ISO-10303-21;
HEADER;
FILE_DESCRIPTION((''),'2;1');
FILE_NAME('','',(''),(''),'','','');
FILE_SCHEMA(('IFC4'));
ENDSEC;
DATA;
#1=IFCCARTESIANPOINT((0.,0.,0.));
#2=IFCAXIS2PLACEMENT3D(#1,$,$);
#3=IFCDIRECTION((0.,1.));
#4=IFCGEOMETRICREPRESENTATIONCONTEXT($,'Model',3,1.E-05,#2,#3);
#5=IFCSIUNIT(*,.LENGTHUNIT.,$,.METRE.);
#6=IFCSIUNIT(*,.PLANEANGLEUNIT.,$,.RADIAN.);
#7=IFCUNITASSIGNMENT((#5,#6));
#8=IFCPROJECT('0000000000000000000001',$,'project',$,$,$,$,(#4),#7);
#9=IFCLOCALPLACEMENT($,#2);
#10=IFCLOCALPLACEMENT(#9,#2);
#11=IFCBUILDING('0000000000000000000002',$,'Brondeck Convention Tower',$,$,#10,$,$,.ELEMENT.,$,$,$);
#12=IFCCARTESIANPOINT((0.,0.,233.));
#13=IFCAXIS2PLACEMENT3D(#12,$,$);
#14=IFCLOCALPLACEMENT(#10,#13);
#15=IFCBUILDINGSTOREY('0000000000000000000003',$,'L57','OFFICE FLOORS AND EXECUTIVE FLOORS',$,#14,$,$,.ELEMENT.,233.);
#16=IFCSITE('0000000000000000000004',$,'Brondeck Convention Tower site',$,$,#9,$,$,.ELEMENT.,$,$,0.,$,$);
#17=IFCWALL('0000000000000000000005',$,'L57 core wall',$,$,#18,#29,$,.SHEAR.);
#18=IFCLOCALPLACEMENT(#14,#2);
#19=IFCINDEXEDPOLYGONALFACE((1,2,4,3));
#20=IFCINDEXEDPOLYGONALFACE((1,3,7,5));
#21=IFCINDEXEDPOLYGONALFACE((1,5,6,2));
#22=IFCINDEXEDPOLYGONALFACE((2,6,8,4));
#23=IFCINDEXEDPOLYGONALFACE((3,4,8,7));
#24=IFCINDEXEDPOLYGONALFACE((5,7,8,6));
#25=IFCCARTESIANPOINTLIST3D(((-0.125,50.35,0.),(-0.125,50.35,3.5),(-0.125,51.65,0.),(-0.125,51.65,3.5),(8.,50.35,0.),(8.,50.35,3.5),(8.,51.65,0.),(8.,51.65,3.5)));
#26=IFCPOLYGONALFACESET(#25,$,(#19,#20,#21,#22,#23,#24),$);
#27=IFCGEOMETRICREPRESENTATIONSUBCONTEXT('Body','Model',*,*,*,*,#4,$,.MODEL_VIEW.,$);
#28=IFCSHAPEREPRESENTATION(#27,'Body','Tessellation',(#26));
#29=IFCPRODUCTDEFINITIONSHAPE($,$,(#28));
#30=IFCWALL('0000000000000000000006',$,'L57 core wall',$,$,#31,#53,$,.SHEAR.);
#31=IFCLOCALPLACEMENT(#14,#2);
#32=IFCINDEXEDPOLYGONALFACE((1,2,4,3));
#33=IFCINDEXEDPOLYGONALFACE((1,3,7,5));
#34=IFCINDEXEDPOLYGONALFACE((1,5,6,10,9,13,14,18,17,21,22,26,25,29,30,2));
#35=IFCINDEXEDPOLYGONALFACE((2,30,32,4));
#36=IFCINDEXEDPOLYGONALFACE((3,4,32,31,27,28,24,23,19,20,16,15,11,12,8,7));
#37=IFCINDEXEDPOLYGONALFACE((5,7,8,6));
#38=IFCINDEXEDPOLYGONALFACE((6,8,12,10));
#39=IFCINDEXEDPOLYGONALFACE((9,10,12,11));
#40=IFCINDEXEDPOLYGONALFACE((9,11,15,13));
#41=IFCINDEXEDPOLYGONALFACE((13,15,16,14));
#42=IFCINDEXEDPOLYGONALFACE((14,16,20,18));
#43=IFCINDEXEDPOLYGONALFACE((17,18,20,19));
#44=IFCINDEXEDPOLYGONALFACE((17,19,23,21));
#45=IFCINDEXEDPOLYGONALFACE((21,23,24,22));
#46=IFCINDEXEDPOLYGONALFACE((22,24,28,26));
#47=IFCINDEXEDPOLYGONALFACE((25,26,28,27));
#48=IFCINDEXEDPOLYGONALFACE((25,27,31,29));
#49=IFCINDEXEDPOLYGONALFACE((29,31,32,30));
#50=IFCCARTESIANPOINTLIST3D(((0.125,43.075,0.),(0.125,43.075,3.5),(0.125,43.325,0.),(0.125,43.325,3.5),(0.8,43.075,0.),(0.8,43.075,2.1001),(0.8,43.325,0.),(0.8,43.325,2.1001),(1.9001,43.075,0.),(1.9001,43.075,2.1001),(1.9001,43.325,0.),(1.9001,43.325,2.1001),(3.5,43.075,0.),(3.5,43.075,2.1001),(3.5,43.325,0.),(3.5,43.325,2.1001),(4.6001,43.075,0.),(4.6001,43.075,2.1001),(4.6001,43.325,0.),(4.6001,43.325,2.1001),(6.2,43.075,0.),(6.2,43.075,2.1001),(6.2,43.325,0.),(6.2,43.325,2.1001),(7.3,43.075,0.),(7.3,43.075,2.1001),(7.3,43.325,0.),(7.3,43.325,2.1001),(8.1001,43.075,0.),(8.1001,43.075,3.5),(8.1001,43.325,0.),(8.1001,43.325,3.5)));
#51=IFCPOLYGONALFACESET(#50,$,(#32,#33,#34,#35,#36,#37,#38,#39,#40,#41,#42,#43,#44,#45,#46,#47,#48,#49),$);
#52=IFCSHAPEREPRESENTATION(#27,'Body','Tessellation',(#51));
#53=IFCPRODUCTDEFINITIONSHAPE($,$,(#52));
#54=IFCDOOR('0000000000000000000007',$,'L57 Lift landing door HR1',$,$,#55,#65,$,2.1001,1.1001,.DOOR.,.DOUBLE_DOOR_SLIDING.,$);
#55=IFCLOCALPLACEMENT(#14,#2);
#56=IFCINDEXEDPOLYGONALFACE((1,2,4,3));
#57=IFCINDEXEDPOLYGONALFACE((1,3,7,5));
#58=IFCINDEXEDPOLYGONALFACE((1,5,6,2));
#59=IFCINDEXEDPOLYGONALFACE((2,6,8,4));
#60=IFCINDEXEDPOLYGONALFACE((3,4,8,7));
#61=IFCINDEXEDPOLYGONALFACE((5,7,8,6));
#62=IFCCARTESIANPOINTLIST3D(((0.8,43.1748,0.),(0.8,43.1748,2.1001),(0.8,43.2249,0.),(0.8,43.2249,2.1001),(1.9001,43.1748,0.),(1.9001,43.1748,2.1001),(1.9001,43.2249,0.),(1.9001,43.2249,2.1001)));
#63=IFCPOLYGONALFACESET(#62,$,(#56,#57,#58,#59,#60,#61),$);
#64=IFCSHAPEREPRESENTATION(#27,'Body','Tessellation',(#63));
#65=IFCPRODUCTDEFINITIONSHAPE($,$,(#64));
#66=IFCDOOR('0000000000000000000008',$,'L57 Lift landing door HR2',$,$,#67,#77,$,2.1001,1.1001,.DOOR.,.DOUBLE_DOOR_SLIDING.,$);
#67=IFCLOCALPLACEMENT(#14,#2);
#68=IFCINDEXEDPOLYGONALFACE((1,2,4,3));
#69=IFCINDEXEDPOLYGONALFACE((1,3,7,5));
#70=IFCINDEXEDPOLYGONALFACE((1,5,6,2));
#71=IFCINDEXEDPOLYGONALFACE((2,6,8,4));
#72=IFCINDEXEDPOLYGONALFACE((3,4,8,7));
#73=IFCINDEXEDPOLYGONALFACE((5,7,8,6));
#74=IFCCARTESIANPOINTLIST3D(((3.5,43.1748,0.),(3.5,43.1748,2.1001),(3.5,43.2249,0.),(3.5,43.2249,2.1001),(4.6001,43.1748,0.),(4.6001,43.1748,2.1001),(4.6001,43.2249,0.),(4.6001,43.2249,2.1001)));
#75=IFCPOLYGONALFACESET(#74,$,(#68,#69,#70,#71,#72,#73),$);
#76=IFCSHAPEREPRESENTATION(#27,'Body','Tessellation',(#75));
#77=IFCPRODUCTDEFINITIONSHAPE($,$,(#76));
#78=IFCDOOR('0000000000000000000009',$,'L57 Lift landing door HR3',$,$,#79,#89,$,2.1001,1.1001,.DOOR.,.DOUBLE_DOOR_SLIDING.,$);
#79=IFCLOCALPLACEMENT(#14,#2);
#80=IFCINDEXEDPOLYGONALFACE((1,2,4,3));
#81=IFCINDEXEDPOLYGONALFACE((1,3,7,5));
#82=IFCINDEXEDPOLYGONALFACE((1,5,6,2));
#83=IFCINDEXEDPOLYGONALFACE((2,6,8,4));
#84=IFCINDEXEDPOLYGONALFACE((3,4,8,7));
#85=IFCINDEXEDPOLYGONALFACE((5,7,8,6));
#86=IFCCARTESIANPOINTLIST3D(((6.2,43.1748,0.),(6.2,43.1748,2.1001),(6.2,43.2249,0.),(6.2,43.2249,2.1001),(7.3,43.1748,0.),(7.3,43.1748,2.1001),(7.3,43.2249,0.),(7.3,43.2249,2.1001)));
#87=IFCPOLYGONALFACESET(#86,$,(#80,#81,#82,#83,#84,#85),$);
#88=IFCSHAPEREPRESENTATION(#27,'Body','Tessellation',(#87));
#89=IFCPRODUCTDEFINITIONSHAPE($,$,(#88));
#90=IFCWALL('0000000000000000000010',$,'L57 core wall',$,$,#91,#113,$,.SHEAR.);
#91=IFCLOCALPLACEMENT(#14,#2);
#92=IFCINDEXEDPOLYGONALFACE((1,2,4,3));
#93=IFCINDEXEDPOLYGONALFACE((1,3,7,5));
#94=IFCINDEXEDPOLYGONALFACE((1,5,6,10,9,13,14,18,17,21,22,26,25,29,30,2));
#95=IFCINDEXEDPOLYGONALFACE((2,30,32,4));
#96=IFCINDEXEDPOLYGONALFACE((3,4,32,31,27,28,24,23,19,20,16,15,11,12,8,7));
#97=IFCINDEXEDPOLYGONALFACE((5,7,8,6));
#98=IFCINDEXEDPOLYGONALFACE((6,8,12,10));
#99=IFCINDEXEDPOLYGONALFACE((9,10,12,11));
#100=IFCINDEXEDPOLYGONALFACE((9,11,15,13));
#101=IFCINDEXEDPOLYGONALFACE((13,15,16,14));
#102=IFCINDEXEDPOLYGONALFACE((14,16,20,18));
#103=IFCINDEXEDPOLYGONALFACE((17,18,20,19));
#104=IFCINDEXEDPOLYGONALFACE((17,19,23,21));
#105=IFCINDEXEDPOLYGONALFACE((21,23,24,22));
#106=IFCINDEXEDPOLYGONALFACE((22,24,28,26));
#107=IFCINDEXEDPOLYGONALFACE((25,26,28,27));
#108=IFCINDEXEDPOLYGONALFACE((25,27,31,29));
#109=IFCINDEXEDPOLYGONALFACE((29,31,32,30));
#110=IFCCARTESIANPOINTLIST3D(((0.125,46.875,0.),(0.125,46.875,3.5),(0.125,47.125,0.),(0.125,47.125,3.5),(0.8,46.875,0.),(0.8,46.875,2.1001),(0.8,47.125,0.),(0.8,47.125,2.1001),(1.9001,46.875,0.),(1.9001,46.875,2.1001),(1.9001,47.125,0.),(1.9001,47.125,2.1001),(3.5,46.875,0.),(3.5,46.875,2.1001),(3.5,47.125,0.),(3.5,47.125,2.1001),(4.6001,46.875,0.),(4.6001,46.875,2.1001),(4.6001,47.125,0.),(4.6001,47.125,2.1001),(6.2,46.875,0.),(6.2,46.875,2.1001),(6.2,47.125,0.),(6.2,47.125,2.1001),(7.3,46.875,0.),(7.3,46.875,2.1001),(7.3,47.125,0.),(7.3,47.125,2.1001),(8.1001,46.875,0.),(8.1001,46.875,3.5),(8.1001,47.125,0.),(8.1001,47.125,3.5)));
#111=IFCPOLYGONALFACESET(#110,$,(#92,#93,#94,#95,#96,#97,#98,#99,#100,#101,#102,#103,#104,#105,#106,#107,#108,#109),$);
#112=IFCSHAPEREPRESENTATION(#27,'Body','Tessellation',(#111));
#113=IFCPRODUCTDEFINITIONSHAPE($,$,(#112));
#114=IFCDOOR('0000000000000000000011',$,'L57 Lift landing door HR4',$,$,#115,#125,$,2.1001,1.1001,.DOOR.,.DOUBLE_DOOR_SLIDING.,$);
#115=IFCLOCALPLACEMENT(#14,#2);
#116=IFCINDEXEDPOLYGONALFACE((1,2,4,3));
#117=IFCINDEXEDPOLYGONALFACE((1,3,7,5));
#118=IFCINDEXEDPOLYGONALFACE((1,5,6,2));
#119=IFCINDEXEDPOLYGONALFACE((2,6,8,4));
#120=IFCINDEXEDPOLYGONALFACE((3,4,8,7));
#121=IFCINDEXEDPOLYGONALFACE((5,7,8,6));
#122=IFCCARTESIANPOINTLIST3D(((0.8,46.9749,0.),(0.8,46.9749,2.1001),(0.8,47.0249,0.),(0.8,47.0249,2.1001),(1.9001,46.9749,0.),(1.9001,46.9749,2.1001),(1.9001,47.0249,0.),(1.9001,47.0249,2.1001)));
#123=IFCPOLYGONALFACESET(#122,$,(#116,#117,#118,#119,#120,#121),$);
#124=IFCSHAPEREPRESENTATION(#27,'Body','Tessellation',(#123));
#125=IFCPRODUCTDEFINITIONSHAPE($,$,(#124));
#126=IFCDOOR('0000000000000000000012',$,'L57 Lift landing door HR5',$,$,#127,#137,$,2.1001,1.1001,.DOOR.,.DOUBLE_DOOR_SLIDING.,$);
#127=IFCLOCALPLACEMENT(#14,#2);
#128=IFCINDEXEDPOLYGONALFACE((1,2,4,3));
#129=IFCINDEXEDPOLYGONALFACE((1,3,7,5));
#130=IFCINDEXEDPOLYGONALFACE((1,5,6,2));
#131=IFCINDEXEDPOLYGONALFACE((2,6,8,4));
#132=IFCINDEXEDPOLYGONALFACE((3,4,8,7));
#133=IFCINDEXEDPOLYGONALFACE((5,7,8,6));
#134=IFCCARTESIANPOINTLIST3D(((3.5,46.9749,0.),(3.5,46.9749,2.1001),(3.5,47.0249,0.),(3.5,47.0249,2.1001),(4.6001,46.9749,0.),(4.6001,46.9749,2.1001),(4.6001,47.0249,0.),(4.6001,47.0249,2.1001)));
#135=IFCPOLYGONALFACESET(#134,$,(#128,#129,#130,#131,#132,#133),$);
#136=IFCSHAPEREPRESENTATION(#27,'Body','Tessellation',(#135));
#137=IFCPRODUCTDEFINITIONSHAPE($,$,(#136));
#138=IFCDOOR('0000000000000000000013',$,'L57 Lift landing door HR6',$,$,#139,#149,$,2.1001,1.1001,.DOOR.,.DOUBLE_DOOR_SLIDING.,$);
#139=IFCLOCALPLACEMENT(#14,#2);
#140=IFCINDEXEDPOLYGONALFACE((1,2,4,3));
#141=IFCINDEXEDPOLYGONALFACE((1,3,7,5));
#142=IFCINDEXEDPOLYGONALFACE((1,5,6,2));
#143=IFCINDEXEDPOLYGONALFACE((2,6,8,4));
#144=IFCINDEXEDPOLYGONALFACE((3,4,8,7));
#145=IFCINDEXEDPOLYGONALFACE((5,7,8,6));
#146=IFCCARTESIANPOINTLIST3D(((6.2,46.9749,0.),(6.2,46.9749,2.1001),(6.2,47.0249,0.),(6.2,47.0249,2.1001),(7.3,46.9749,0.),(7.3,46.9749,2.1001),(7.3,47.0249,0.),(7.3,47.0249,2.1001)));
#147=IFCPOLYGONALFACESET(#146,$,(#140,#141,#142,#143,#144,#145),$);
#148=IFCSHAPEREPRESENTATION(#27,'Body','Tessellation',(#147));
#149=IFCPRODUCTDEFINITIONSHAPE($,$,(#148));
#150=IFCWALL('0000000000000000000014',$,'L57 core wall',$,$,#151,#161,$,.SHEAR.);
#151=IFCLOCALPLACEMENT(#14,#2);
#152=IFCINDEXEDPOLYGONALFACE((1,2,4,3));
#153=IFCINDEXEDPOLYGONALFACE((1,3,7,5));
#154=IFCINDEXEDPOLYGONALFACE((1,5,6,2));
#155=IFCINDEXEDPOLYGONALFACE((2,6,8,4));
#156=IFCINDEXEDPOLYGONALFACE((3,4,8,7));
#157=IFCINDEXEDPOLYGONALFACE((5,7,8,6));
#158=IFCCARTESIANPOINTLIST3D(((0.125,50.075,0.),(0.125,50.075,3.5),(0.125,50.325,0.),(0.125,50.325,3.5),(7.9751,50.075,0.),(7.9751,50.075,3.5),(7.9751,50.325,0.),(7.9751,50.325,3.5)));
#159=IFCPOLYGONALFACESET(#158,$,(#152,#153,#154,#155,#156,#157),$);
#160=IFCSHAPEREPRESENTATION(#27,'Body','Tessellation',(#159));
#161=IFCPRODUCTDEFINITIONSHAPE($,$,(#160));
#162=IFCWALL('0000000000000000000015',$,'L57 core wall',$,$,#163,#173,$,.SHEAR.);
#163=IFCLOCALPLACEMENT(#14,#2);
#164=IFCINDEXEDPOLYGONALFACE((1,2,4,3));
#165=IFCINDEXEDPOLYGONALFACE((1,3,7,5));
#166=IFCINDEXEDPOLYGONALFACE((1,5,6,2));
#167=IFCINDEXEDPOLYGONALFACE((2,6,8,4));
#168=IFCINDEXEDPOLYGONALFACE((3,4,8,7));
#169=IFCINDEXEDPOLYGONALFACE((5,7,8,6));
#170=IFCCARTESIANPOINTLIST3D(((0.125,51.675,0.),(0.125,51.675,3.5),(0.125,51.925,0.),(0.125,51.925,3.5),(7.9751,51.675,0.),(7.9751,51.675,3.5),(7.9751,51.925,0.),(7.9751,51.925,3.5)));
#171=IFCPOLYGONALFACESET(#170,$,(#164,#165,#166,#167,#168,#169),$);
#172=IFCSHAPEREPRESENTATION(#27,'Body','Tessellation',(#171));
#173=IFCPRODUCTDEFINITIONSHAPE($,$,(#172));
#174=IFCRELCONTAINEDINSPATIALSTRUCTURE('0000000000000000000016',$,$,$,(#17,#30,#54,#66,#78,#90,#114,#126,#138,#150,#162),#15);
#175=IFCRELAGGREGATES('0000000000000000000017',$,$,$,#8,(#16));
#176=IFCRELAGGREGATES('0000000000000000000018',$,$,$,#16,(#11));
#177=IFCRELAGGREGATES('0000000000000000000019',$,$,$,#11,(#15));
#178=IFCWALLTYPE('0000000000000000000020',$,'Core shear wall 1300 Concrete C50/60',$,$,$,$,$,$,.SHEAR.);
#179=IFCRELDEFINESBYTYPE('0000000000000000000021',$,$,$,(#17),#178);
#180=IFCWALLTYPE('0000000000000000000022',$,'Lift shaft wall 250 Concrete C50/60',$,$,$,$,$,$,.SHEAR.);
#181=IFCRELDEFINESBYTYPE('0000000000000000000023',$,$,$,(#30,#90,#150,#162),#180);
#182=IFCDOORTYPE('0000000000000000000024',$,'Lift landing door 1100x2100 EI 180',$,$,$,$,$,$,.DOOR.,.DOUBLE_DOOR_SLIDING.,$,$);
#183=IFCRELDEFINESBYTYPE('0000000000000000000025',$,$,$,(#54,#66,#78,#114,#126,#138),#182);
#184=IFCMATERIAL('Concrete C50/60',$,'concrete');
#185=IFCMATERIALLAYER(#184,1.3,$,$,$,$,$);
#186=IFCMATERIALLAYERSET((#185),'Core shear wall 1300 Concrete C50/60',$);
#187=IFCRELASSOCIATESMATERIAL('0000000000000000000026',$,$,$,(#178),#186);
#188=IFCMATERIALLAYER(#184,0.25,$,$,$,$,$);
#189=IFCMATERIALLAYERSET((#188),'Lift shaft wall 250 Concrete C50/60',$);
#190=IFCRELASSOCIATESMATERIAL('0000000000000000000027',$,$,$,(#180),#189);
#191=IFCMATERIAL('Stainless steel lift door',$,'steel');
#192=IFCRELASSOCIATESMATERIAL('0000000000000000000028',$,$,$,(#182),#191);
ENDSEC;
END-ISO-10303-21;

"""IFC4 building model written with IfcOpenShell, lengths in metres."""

from ifc_helpers import new_model, si_unit, direction, frame, frame_2d, origin, place, context, subcontext, project, spatial, rectangle, extrude, material, layer, layer_set, type_object, element, fill, save


model = new_model("IFC4")

# Units and contexts
model_context = context("Model", 3, precision=1e-05, world=origin(), true_north=direction((0.0, 1.0)))
body_context = subcontext(model_context, "Body", "Model", "MODEL_VIEW")
ifc_project = project(units=[si_unit("LENGTHUNIT", "METRE"), si_unit("PLANEANGLEUNIT", "RADIAN")], contexts=[model_context])

# Site, building, storey
site_placement = place(None, origin())
site = spatial("IfcSite", under=ifc_project, at=site_placement, Name="Brondeck Convention Tower site", CompositionType="ELEMENT", RefElevation=0.0)
building_placement = place(site_placement, origin())
building = spatial("IfcBuilding", under=site, at=building_placement, Name="Brondeck Convention Tower", CompositionType="ELEMENT")
storey_placement = place(building_placement, frame((0.0, 0.0, 233.0)))
storey = spatial("IfcBuildingStorey", under=building, at=storey_placement, Name="L57", Description="OFFICE FLOORS AND EXECUTIVE FLOORS", CompositionType="ELEMENT", Elevation=233.0)

# Shared definitions
ifc_material_1 = material(Name="Concrete C50/60", Category="concrete")

# Wall
ifc_layer_1 = layer(ifc_material_1, 1.3)
ifc_layer_set_1 = layer_set([ifc_layer_1], Name="Core shear wall 1300 Concrete C50/60")
wall_type_1 = type_object("IfcWallType", Name="Core shear wall 1300 Concrete C50/60", PredefinedType="SHEAR", material=ifc_layer_set_1)
wall_1_placement = place(storey_placement, frame((-0.125, 51.0, 0.0), z_axis=(0.0, 0.0, 1.0), x_axis=(1.0, 0.0, 0.0)))
element("IfcWall", 1, at=wall_1_placement, inside=storey, type_object=wall_type_1, Name="L57 core wall", PredefinedType="SHEAR", context=body_context, shape_type="SweptSolid", body=[
    extrude(rectangle(XDim=8.125, YDim=1.3, at=frame_2d((4.0625, 0.0))), origin(), (0.0, 0.0, 1.0), 3.5),
])

# Walls, openings, doors
ifc_layer_2 = layer(ifc_material_1, 0.25)
ifc_layer_set_2 = layer_set([ifc_layer_2], Name="Lift shaft wall 250 Concrete C50/60")
wall_type_2 = type_object("IfcWallType", Name="Lift shaft wall 250 Concrete C50/60", PredefinedType="SHEAR", material=ifc_layer_set_2)
wall_2_placement = place(storey_placement, frame((0.125, 43.2, 0.0), z_axis=(0.0, 0.0, 1.0), x_axis=(1.0, 0.0, 0.0)))
wall_2 = element("IfcWall", 2, at=wall_2_placement, inside=storey, type_object=wall_type_2, Name="L57 core wall", PredefinedType="SHEAR", context=body_context, shape_type="SweptSolid", body=[
    extrude(rectangle(XDim=7.9751, YDim=0.25, at=frame_2d((3.9875, 0.0))), origin(), (0.0, 0.0, 1.0), 3.5),
])
opening_1_placement = place(wall_2_placement, frame((0.675, 0.0, 0.0)))
opening_1 = element("IfcOpeningElement", 3, at=opening_1_placement, cuts=wall_2, PredefinedType="OPENING", context=body_context, shape_type="SweptSolid", body=[
    extrude(rectangle(XDim=1.1001, YDim=2.1001, at=frame_2d((0.55, 1.05))), frame((0.0, 0.135, 0.0), z_axis=(0.0, -1.0, 0.0), x_axis=(1.0, 0.0, 0.0)), (0.0, 0.0, 1.0), 0.27),
])
opening_2_placement = place(wall_2_placement, frame((3.375, 0.0, 0.0)))
opening_2 = element("IfcOpeningElement", 4, at=opening_2_placement, cuts=wall_2, PredefinedType="OPENING", context=body_context, shape_type="SweptSolid", body=[
    extrude(rectangle(XDim=1.1001, YDim=2.1001, at=frame_2d((0.55, 1.05))), frame((0.0, 0.135, 0.0), z_axis=(0.0, -1.0, 0.0), x_axis=(1.0, 0.0, 0.0)), (0.0, 0.0, 1.0), 0.27),
])
opening_3_placement = place(wall_2_placement, frame((6.075, 0.0, 0.0)))
opening_3 = element("IfcOpeningElement", 5, at=opening_3_placement, cuts=wall_2, PredefinedType="OPENING", context=body_context, shape_type="SweptSolid", body=[
    extrude(rectangle(XDim=1.1001, YDim=2.1001, at=frame_2d((0.55, 1.05))), frame((0.0, 0.135, 0.0), z_axis=(0.0, -1.0, 0.0), x_axis=(1.0, 0.0, 0.0)), (0.0, 0.0, 1.0), 0.27),
])
ifc_material_2 = material(Name="Stainless steel lift door", Category="steel")
door_type_1 = type_object("IfcDoorType", Name="Lift landing door 1100x2100 EI 180", OperationType="DOUBLE_DOOR_SLIDING", PredefinedType="DOOR", material=ifc_material_2)
door_1_placement = place(opening_1_placement, origin())
door_1 = element("IfcDoor", 6, at=door_1_placement, inside=storey, type_object=door_type_1, Name="L57 Lift landing door HR1", OperationType="DOUBLE_DOOR_SLIDING", OverallHeight=2.1001, OverallWidth=1.1001, PredefinedType="DOOR", context=body_context, shape_type="SweptSolid", body=[
    extrude(rectangle(XDim=1.1001, YDim=2.1001, at=frame_2d((0.55, 1.05))), frame((0.0, 0.0249, 0.0), z_axis=(0.0, -1.0, 0.0), x_axis=(1.0, 0.0, 0.0)), (0.0, 0.0, 1.0), 0.05),
])
fill(opening_1, door_1)
door_2_placement = place(opening_2_placement, origin())
door_2 = element("IfcDoor", 7, at=door_2_placement, inside=storey, type_object=door_type_1, Name="L57 Lift landing door HR2", OperationType="DOUBLE_DOOR_SLIDING", OverallHeight=2.1001, OverallWidth=1.1001, PredefinedType="DOOR", context=body_context, shape_type="SweptSolid", body=[
    extrude(rectangle(XDim=1.1001, YDim=2.1001, at=frame_2d((0.55, 1.05))), frame((0.0, 0.0249, 0.0), z_axis=(0.0, -1.0, 0.0), x_axis=(1.0, 0.0, 0.0)), (0.0, 0.0, 1.0), 0.05),
])
fill(opening_2, door_2)
door_3_placement = place(opening_3_placement, origin())
door_3 = element("IfcDoor", 8, at=door_3_placement, inside=storey, type_object=door_type_1, Name="L57 Lift landing door HR3", OperationType="DOUBLE_DOOR_SLIDING", OverallHeight=2.1001, OverallWidth=1.1001, PredefinedType="DOOR", context=body_context, shape_type="SweptSolid", body=[
    extrude(rectangle(XDim=1.1001, YDim=2.1001, at=frame_2d((0.55, 1.05))), frame((0.0, 0.0249, 0.0), z_axis=(0.0, -1.0, 0.0), x_axis=(1.0, 0.0, 0.0)), (0.0, 0.0, 1.0), 0.05),
])
fill(opening_3, door_3)
wall_3_placement = place(storey_placement, frame((0.125, 47.0, 0.0), z_axis=(0.0, 0.0, 1.0), x_axis=(1.0, 0.0, 0.0)))
wall_3 = element("IfcWall", 9, at=wall_3_placement, inside=storey, type_object=wall_type_2, Name="L57 core wall", PredefinedType="SHEAR", context=body_context, shape_type="SweptSolid", body=[
    extrude(rectangle(XDim=7.9751, YDim=0.25, at=frame_2d((3.9875, 0.0))), origin(), (0.0, 0.0, 1.0), 3.5),
])
opening_4_placement = place(wall_3_placement, frame((0.675, 0.0, 0.0)))
opening_4 = element("IfcOpeningElement", 10, at=opening_4_placement, cuts=wall_3, PredefinedType="OPENING", context=body_context, shape_type="SweptSolid", body=[
    extrude(rectangle(XDim=1.1001, YDim=2.1001, at=frame_2d((0.55, 1.05))), frame((0.0, 0.135, 0.0), z_axis=(0.0, -1.0, 0.0), x_axis=(1.0, 0.0, 0.0)), (0.0, 0.0, 1.0), 0.27),
])
opening_5_placement = place(wall_3_placement, frame((3.375, 0.0, 0.0)))
opening_5 = element("IfcOpeningElement", 11, at=opening_5_placement, cuts=wall_3, PredefinedType="OPENING", context=body_context, shape_type="SweptSolid", body=[
    extrude(rectangle(XDim=1.1001, YDim=2.1001, at=frame_2d((0.55, 1.05))), frame((0.0, 0.135, 0.0), z_axis=(0.0, -1.0, 0.0), x_axis=(1.0, 0.0, 0.0)), (0.0, 0.0, 1.0), 0.27),
])
opening_6_placement = place(wall_3_placement, frame((6.075, 0.0, 0.0)))
opening_6 = element("IfcOpeningElement", 12, at=opening_6_placement, cuts=wall_3, PredefinedType="OPENING", context=body_context, shape_type="SweptSolid", body=[
    extrude(rectangle(XDim=1.1001, YDim=2.1001, at=frame_2d((0.55, 1.05))), frame((0.0, 0.135, 0.0), z_axis=(0.0, -1.0, 0.0), x_axis=(1.0, 0.0, 0.0)), (0.0, 0.0, 1.0), 0.27),
])
door_4_placement = place(opening_4_placement, origin())
door_4 = element("IfcDoor", 13, at=door_4_placement, inside=storey, type_object=door_type_1, Name="L57 Lift landing door HR4", OperationType="DOUBLE_DOOR_SLIDING", OverallHeight=2.1001, OverallWidth=1.1001, PredefinedType="DOOR", context=body_context, shape_type="SweptSolid", body=[
    extrude(rectangle(XDim=1.1001, YDim=2.1001, at=frame_2d((0.55, 1.05))), frame((0.0, 0.0249, 0.0), z_axis=(0.0, -1.0, 0.0), x_axis=(1.0, 0.0, 0.0)), (0.0, 0.0, 1.0), 0.05),
])
fill(opening_4, door_4)
door_5_placement = place(opening_5_placement, origin())
door_5 = element("IfcDoor", 14, at=door_5_placement, inside=storey, type_object=door_type_1, Name="L57 Lift landing door HR5", OperationType="DOUBLE_DOOR_SLIDING", OverallHeight=2.1001, OverallWidth=1.1001, PredefinedType="DOOR", context=body_context, shape_type="SweptSolid", body=[
    extrude(rectangle(XDim=1.1001, YDim=2.1001, at=frame_2d((0.55, 1.05))), frame((0.0, 0.0249, 0.0), z_axis=(0.0, -1.0, 0.0), x_axis=(1.0, 0.0, 0.0)), (0.0, 0.0, 1.0), 0.05),
])
fill(opening_5, door_5)
door_6_placement = place(opening_6_placement, origin())
door_6 = element("IfcDoor", 15, at=door_6_placement, inside=storey, type_object=door_type_1, Name="L57 Lift landing door HR6", OperationType="DOUBLE_DOOR_SLIDING", OverallHeight=2.1001, OverallWidth=1.1001, PredefinedType="DOOR", context=body_context, shape_type="SweptSolid", body=[
    extrude(rectangle(XDim=1.1001, YDim=2.1001, at=frame_2d((0.55, 1.05))), frame((0.0, 0.0249, 0.0), z_axis=(0.0, -1.0, 0.0), x_axis=(1.0, 0.0, 0.0)), (0.0, 0.0, 1.0), 0.05),
])
fill(opening_6, door_6)

# Walls
for number, where, z_axis, x_axis, name in (
    (16, (0.125, 50.2, 0.0), (0.0, 0.0, 1.0), (1.0, 0.0, 0.0), "L57 core wall"),
    (17, (0.125, 51.8, 0.0), (0.0, 0.0, 1.0), (1.0, 0.0, 0.0), "L57 core wall"),
):
    element("IfcWall", number, at=place(storey_placement, frame(where, z_axis=z_axis, x_axis=x_axis)), inside=storey, type_object=wall_type_2, Name=name, PredefinedType="SHEAR", context=body_context, shape_type="SweptSolid", body=[
        extrude(rectangle(XDim=7.8501, YDim=0.25, at=frame_2d((3.925, 0.0))), origin(), (0.0, 0.0, 1.0), 3.5),
    ])

save(model, "model.ifc")
